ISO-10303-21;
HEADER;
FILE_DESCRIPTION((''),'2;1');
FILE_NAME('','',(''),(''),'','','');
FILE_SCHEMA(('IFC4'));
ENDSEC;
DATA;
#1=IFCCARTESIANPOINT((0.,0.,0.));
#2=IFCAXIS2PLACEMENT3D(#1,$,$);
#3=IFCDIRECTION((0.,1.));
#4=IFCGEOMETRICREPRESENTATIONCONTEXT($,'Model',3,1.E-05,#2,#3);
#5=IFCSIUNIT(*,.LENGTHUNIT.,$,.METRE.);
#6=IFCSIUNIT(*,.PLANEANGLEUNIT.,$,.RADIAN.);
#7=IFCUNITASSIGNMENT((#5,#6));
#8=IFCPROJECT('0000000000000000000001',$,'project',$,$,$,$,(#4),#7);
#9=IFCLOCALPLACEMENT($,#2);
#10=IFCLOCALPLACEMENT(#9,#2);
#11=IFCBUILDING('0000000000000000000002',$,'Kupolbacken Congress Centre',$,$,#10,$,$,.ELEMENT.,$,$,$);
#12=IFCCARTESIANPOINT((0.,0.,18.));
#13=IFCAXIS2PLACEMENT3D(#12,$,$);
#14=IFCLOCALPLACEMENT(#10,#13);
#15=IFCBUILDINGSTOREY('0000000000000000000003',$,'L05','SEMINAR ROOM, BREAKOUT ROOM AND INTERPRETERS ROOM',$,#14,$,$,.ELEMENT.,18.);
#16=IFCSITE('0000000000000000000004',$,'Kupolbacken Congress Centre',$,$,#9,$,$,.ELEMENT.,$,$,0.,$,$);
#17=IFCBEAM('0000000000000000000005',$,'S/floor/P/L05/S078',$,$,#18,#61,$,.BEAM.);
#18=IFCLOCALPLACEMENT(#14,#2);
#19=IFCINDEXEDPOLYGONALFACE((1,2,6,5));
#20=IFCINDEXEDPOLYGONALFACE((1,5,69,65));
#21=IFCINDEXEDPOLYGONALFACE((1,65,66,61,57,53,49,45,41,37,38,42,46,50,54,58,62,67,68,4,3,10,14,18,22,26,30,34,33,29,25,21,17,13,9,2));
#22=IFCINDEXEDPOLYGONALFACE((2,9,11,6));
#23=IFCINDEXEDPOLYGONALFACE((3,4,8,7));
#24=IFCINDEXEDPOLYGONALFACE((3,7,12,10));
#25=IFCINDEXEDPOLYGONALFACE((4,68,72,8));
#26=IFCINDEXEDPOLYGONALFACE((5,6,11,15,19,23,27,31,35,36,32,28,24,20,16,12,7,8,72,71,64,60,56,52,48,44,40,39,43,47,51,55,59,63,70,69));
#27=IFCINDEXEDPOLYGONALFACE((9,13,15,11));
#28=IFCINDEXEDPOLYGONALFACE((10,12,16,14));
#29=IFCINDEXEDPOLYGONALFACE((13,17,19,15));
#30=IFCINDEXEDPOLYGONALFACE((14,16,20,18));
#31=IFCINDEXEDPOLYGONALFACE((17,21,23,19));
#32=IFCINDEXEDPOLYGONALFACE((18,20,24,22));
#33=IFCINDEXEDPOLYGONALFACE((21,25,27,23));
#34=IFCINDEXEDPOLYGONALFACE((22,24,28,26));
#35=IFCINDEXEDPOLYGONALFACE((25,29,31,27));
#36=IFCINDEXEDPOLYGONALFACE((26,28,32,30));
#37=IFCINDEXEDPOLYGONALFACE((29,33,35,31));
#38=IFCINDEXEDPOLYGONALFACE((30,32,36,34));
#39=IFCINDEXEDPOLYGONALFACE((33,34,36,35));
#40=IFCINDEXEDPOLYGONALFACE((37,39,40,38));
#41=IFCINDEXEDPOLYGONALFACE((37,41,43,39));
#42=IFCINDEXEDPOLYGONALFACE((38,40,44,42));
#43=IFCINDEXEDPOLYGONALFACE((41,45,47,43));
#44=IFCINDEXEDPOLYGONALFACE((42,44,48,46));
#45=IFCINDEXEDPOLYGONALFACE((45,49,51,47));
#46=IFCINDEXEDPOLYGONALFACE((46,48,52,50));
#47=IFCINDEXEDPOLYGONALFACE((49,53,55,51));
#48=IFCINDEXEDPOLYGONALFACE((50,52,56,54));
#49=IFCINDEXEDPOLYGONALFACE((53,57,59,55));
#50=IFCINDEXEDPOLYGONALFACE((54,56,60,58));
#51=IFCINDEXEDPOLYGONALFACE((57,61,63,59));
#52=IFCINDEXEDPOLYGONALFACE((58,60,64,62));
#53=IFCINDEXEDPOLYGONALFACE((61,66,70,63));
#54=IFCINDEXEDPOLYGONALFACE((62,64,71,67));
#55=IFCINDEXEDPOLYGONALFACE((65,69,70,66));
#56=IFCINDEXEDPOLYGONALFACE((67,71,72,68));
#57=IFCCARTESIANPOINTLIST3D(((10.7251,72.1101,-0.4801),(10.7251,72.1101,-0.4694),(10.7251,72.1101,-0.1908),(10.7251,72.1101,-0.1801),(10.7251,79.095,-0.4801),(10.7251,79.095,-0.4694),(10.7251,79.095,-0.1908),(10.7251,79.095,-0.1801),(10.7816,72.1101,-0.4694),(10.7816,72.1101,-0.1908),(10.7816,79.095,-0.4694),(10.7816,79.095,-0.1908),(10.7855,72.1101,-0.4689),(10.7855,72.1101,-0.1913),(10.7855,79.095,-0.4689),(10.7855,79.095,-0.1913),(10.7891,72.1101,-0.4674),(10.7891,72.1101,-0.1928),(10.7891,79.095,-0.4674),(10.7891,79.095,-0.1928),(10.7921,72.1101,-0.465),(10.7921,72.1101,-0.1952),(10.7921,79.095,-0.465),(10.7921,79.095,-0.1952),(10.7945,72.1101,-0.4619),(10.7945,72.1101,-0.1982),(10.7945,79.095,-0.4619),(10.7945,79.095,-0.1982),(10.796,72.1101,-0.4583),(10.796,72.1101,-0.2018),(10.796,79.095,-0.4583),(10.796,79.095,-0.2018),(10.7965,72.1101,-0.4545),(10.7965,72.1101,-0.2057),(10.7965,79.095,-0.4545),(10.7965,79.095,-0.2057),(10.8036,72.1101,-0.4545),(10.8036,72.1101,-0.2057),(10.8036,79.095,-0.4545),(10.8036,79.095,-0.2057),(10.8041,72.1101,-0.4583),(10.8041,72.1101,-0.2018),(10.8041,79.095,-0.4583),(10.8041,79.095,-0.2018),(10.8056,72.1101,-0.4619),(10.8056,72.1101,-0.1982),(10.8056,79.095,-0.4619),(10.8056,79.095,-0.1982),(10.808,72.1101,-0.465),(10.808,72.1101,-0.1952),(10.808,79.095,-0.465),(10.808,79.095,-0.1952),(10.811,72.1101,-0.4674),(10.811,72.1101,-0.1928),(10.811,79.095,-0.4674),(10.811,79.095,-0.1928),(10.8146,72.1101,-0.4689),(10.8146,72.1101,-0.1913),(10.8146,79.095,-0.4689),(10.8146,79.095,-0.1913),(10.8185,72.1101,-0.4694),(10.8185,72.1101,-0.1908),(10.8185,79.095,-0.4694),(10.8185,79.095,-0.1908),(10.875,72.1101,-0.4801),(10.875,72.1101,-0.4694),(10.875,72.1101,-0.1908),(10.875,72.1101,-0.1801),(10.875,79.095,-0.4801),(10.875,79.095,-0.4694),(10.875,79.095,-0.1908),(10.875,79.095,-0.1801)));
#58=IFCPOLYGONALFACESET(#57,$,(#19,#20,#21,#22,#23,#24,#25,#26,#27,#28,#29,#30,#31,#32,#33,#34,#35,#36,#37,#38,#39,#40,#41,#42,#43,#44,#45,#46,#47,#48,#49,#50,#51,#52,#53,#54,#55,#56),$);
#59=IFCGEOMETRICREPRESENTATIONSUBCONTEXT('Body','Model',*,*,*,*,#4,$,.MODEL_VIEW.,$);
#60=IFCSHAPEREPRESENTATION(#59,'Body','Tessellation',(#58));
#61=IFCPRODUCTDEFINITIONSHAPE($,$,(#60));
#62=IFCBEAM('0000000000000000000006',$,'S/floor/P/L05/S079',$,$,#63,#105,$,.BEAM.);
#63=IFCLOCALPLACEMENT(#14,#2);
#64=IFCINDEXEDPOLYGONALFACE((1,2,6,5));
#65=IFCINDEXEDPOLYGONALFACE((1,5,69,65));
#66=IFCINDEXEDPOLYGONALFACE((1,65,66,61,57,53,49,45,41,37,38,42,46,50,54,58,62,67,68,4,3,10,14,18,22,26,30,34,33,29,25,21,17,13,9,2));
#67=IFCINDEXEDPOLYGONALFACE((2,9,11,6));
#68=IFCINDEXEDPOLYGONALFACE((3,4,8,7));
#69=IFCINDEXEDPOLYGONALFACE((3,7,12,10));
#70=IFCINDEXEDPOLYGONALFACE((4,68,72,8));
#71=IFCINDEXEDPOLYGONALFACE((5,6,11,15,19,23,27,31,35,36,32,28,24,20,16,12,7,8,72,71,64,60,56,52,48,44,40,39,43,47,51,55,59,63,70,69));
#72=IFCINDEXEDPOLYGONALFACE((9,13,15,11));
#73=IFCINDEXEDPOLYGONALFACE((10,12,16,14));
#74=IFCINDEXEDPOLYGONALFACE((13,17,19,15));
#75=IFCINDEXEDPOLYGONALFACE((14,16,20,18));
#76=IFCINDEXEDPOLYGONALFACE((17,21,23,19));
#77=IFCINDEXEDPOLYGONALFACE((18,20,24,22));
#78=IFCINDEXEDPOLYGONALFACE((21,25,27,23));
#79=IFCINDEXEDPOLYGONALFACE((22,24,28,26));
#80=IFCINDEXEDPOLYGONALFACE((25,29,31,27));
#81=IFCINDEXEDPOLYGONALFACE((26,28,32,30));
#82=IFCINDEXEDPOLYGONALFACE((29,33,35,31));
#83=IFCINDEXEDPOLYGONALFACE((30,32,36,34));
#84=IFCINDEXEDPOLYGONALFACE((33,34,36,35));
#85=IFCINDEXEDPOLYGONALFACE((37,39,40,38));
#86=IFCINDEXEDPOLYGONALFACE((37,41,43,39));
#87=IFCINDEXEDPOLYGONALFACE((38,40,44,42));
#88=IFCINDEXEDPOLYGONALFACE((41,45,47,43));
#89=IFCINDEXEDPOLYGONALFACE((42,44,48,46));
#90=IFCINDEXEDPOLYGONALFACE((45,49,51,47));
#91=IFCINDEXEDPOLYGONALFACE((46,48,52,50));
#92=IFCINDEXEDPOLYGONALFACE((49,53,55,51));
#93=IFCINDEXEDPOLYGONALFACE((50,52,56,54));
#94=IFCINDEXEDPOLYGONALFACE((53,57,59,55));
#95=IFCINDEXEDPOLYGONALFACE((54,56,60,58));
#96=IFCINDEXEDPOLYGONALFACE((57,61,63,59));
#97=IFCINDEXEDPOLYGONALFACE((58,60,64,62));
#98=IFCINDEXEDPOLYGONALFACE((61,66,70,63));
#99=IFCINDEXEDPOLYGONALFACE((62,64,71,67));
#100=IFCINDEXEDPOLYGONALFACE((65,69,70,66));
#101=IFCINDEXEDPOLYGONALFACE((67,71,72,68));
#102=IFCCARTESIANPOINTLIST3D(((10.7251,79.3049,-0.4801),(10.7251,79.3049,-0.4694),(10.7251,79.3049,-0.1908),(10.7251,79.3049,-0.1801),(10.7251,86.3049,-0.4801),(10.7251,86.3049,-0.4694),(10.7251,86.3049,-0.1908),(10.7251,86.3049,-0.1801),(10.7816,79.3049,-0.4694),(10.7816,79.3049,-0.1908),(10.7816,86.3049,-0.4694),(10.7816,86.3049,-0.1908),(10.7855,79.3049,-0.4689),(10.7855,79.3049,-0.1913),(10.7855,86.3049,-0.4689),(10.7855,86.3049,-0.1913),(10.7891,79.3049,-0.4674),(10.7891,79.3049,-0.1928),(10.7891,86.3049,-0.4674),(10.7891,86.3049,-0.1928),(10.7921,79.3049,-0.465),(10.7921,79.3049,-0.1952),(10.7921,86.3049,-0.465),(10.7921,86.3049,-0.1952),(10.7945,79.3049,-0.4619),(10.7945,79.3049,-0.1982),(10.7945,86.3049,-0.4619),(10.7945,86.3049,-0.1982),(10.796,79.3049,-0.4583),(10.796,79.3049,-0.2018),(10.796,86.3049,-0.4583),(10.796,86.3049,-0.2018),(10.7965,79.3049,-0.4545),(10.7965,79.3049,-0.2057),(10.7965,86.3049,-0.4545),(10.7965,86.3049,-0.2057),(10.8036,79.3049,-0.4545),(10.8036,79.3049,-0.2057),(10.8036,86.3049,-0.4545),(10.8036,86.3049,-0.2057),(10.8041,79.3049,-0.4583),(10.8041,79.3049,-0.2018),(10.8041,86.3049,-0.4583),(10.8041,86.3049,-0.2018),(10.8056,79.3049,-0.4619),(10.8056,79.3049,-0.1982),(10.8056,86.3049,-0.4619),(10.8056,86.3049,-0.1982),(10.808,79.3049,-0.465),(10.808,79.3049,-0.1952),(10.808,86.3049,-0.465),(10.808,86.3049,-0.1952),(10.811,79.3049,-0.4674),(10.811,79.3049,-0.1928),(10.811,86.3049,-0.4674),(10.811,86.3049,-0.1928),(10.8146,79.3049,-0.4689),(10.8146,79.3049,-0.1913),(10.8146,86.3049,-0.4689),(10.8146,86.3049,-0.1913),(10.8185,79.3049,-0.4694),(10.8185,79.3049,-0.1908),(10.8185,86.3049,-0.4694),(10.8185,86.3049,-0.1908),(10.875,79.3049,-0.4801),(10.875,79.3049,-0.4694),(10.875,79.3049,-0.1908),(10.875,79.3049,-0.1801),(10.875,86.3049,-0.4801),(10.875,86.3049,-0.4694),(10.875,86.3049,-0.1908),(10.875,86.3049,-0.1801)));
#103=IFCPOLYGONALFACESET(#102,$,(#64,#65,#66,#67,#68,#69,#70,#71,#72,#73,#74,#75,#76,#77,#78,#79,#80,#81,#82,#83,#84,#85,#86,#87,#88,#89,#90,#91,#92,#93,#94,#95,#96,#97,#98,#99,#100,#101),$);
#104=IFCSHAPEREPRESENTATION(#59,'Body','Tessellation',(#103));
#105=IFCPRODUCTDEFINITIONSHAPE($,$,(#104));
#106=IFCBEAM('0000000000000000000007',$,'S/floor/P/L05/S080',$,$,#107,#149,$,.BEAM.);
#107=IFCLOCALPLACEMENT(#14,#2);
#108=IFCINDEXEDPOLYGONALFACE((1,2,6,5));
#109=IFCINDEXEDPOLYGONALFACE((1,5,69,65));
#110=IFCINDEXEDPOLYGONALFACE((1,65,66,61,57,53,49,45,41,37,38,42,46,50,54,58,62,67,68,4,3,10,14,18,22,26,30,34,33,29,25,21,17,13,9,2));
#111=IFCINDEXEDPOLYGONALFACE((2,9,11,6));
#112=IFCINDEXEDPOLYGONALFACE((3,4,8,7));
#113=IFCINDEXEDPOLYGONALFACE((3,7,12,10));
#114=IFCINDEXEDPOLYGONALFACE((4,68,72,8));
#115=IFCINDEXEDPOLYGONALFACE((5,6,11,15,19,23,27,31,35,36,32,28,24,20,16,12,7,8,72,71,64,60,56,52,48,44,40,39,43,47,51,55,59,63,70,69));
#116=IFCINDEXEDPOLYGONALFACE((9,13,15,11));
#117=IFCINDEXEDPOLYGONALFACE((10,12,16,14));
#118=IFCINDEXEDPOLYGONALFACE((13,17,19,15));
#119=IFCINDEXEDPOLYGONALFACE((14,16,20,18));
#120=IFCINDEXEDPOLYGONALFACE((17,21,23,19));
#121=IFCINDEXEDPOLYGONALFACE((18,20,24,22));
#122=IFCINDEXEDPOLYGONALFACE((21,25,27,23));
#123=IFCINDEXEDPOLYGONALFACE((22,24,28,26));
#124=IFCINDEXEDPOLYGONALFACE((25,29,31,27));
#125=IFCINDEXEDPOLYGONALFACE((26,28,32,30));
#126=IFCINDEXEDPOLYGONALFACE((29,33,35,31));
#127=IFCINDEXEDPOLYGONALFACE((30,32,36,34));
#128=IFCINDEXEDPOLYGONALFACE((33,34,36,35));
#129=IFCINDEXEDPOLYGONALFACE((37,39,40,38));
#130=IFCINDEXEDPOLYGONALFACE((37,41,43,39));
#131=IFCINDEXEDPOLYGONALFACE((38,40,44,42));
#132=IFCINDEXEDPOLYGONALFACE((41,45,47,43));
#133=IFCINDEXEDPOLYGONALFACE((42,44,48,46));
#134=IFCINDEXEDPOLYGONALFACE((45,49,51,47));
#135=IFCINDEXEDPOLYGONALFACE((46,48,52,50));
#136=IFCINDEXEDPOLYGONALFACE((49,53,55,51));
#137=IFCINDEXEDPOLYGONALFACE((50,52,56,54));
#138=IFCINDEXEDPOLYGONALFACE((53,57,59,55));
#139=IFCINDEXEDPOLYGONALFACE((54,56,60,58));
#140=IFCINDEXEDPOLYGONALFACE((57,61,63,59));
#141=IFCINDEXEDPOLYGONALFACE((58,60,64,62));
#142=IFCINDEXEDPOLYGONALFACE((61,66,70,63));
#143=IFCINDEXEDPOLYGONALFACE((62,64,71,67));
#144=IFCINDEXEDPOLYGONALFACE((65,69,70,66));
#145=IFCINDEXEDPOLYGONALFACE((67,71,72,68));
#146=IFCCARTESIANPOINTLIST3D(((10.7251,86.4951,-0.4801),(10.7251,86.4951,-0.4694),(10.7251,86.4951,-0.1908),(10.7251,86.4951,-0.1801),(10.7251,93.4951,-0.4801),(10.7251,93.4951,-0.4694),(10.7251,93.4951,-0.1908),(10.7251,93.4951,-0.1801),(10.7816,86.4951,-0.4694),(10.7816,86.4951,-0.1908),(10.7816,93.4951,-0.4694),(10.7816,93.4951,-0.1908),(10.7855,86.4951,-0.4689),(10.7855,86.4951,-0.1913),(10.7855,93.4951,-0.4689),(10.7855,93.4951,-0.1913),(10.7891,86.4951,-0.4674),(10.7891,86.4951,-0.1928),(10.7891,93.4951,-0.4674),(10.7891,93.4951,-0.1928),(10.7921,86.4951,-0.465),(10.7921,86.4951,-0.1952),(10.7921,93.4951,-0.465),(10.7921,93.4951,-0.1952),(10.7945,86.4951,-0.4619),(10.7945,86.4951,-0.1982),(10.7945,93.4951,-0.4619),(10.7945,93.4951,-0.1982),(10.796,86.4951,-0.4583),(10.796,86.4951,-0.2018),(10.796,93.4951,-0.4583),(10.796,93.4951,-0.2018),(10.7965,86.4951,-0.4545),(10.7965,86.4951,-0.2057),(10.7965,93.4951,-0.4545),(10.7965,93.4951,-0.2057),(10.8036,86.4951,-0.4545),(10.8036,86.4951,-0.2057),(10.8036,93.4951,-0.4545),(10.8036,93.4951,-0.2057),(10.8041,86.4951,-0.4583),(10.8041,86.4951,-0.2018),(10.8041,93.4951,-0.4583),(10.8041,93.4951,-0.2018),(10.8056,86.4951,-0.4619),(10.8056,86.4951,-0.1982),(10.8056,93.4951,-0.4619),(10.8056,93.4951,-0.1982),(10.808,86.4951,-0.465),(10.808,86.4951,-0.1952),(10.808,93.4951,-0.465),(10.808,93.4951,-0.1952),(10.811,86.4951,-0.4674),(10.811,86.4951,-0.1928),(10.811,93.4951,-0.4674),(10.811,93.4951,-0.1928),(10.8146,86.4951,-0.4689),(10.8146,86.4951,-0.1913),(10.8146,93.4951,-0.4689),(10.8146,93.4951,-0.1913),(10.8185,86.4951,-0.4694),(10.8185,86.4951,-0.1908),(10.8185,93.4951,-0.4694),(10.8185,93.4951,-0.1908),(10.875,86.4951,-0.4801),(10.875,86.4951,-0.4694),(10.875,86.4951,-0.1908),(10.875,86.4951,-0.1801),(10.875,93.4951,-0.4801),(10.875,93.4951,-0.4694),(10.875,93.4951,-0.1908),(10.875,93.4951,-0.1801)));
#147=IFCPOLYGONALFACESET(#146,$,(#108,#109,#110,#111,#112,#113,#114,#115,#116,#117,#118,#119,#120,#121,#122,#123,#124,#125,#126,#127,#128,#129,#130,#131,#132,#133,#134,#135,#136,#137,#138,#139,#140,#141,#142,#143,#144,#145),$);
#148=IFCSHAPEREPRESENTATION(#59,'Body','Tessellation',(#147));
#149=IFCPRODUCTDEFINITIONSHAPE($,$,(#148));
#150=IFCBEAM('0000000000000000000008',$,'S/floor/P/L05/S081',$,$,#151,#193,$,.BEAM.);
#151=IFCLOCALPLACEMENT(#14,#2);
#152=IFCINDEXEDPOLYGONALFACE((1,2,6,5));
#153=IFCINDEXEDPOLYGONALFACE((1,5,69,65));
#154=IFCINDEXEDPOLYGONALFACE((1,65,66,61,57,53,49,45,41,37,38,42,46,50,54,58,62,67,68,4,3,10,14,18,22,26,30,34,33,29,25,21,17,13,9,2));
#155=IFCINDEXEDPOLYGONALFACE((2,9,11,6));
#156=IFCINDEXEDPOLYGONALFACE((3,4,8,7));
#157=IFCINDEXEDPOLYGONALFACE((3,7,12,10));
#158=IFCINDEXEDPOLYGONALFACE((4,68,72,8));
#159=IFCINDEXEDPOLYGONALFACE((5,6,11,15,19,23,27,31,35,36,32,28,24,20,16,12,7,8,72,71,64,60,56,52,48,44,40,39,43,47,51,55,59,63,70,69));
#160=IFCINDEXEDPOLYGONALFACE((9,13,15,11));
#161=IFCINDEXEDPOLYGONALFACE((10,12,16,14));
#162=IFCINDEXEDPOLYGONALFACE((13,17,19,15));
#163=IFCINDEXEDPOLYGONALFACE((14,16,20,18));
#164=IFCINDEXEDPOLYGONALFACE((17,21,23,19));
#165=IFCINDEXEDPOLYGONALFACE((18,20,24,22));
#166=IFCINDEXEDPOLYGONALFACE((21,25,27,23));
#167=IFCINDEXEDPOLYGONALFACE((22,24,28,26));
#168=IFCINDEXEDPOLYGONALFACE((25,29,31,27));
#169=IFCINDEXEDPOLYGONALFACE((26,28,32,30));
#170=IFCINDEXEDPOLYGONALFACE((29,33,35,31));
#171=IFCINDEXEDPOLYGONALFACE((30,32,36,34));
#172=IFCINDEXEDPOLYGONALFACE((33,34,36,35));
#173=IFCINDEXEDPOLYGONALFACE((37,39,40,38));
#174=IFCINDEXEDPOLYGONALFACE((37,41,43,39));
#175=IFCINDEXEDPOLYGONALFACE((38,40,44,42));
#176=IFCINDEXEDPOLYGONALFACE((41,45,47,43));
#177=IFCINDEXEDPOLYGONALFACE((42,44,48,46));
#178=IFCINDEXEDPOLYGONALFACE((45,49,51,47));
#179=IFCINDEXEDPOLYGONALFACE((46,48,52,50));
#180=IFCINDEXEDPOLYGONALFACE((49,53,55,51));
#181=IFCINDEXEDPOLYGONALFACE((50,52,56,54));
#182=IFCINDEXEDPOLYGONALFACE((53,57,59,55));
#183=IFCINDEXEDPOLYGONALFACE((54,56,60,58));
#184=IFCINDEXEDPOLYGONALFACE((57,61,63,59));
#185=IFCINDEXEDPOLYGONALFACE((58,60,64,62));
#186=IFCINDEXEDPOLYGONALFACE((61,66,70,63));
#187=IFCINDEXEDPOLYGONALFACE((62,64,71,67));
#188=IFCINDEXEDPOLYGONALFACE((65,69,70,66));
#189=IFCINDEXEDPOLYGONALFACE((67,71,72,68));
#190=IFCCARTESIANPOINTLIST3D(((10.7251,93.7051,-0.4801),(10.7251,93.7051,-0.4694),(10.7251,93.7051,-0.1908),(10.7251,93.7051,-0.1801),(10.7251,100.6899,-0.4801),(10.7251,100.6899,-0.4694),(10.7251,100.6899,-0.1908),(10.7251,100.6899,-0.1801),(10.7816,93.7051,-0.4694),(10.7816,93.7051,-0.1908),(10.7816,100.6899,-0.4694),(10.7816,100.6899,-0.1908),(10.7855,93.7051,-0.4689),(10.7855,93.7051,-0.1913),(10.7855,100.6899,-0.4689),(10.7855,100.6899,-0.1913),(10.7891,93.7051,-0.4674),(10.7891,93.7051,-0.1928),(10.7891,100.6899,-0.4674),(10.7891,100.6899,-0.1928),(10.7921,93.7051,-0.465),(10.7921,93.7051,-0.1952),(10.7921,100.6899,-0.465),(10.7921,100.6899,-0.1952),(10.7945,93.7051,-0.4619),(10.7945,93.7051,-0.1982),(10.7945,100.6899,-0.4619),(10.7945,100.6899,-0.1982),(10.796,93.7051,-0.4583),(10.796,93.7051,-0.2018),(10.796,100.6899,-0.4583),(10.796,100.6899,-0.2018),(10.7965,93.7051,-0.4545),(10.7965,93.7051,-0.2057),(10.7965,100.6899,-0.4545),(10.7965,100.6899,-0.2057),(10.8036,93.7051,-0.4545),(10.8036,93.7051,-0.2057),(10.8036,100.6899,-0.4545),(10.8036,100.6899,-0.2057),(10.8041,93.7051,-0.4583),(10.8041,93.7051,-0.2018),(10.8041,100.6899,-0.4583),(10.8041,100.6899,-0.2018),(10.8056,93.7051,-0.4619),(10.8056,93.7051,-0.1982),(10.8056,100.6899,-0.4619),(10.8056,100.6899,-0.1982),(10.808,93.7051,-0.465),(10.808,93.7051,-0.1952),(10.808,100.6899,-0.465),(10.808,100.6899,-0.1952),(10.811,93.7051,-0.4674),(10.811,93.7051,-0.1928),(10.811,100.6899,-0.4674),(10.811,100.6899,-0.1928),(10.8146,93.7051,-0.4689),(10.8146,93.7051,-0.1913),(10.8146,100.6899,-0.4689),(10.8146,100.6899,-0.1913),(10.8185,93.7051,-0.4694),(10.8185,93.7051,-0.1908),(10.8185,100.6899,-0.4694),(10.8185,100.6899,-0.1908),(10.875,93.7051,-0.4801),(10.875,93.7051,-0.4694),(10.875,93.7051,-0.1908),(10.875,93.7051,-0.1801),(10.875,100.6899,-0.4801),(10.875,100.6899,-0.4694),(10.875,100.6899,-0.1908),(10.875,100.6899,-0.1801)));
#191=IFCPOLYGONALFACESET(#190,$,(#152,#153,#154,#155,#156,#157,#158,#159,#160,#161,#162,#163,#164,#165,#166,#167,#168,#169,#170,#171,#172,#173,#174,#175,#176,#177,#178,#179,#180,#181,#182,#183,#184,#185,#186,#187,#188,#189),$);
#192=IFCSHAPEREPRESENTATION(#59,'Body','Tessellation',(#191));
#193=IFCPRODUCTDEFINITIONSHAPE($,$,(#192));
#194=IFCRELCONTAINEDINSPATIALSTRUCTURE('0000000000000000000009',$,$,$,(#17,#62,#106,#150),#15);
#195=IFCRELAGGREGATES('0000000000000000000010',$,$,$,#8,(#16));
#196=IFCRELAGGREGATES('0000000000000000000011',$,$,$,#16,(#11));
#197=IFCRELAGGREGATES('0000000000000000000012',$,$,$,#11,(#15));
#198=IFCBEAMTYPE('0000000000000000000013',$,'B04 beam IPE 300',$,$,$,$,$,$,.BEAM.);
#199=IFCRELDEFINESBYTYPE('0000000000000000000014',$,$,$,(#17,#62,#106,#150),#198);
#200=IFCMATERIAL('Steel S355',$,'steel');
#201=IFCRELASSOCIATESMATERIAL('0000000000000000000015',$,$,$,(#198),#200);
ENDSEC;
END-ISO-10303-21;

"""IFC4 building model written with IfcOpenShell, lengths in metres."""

from ifc_helpers import new_model, si_unit, direction, frame, origin, origin_2d, place, context, subcontext, project, spatial, i_section, extrude, material, material_profile, profile_set, type_object, element, save


model = new_model("IFC4")

# Units and contexts
model_context = context("Model", 3, precision=1e-05, world=origin(), true_north=direction((0.0, 1.0)))
body_context = subcontext(model_context, "Body", "Model", "MODEL_VIEW")
ifc_project = project(units=[si_unit("LENGTHUNIT", "METRE"), si_unit("PLANEANGLEUNIT", "RADIAN")], contexts=[model_context])

# Site, building, storey
site_placement = place(None, origin())
site = spatial("IfcSite", under=ifc_project, at=site_placement, Name="Kupolbacken Congress Centre", CompositionType="ELEMENT", RefElevation=0.0)
building_placement = place(site_placement, origin())
building = spatial("IfcBuilding", under=site, at=building_placement, Name="Kupolbacken Congress Centre", CompositionType="ELEMENT")
storey_placement = place(building_placement, frame((0.0, 0.0, 18.0)))
storey = spatial("IfcBuildingStorey", under=building, at=storey_placement, Name="L05", Description="SEMINAR ROOM, BREAKOUT ROOM AND INTERPRETERS ROOM", CompositionType="ELEMENT", Elevation=18.0)

# Beams
ifc_material_1 = material(Name="Steel S355", Category="steel")
ifc_material_profile_1 = material_profile(ifc_material_1, i_section(OverallWidth=0.1499, OverallDepth=0.3, WebThickness=0.0071, FlangeThickness=0.0107, FilletRadius=0.0149, at=origin_2d()), Name="IPE 300")
ifc_profile_set_1 = profile_set([ifc_material_profile_1], Name="Steel S355")
beam_type_1 = type_object("IfcBeamType", Name="B04 beam IPE 300", PredefinedType="BEAM", material=ifc_profile_set_1)
beam_1_placement = place(storey_placement, frame((10.8, 72.1101, -0.3301), z_axis=(0.0, 1.0, 0.0), x_axis=(-1.0, 0.0, 0.0)))
element("IfcBeam", 1, at=beam_1_placement, inside=storey, type_object=beam_type_1, Name="S/floor/P/L05/S078", PredefinedType="BEAM", context=body_context, shape_type="SweptSolid", body=[
    extrude(i_section(OverallWidth=0.1499, OverallDepth=0.3, WebThickness=0.0071, FlangeThickness=0.0107, FilletRadius=0.0149, at=origin_2d()), origin(), (0.0, 0.0, 1.0), 6.9849),
])
for number, where, z_axis, x_axis, name in (
    (2, (10.8, 79.3049, -0.3301), (0.0, 1.0, 0.0), (-1.0, 0.0, 0.0), "S/floor/P/L05/S079"),
    (3, (10.8, 86.4951, -0.3301), (0.0, 1.0, 0.0), (-1.0, 0.0, 0.0), "S/floor/P/L05/S080"),
):
    element("IfcBeam", number, at=place(storey_placement, frame(where, z_axis=z_axis, x_axis=x_axis)), inside=storey, type_object=beam_type_1, Name=name, PredefinedType="BEAM", context=body_context, shape_type="SweptSolid", body=[
        extrude(i_section(OverallWidth=0.1499, OverallDepth=0.3, WebThickness=0.0071, FlangeThickness=0.0107, FilletRadius=0.0149, at=origin_2d()), origin(), (0.0, 0.0, 1.0), 7.0),
    ])
for number, where, z_axis, x_axis, name in (
    (4, (10.8, 93.7051, -0.3301), (0.0, 1.0, 0.0), (-1.0, 0.0, 0.0), "S/floor/P/L05/S081"),
):
    element("IfcBeam", number, at=place(storey_placement, frame(where, z_axis=z_axis, x_axis=x_axis)), inside=storey, type_object=beam_type_1, Name=name, PredefinedType="BEAM", context=body_context, shape_type="SweptSolid", body=[
        extrude(i_section(OverallWidth=0.1499, OverallDepth=0.3, WebThickness=0.0071, FlangeThickness=0.0107, FilletRadius=0.0149, at=origin_2d()), origin(), (0.0, 0.0, 1.0), 6.9849),
    ])

save(model, "model.ifc")
